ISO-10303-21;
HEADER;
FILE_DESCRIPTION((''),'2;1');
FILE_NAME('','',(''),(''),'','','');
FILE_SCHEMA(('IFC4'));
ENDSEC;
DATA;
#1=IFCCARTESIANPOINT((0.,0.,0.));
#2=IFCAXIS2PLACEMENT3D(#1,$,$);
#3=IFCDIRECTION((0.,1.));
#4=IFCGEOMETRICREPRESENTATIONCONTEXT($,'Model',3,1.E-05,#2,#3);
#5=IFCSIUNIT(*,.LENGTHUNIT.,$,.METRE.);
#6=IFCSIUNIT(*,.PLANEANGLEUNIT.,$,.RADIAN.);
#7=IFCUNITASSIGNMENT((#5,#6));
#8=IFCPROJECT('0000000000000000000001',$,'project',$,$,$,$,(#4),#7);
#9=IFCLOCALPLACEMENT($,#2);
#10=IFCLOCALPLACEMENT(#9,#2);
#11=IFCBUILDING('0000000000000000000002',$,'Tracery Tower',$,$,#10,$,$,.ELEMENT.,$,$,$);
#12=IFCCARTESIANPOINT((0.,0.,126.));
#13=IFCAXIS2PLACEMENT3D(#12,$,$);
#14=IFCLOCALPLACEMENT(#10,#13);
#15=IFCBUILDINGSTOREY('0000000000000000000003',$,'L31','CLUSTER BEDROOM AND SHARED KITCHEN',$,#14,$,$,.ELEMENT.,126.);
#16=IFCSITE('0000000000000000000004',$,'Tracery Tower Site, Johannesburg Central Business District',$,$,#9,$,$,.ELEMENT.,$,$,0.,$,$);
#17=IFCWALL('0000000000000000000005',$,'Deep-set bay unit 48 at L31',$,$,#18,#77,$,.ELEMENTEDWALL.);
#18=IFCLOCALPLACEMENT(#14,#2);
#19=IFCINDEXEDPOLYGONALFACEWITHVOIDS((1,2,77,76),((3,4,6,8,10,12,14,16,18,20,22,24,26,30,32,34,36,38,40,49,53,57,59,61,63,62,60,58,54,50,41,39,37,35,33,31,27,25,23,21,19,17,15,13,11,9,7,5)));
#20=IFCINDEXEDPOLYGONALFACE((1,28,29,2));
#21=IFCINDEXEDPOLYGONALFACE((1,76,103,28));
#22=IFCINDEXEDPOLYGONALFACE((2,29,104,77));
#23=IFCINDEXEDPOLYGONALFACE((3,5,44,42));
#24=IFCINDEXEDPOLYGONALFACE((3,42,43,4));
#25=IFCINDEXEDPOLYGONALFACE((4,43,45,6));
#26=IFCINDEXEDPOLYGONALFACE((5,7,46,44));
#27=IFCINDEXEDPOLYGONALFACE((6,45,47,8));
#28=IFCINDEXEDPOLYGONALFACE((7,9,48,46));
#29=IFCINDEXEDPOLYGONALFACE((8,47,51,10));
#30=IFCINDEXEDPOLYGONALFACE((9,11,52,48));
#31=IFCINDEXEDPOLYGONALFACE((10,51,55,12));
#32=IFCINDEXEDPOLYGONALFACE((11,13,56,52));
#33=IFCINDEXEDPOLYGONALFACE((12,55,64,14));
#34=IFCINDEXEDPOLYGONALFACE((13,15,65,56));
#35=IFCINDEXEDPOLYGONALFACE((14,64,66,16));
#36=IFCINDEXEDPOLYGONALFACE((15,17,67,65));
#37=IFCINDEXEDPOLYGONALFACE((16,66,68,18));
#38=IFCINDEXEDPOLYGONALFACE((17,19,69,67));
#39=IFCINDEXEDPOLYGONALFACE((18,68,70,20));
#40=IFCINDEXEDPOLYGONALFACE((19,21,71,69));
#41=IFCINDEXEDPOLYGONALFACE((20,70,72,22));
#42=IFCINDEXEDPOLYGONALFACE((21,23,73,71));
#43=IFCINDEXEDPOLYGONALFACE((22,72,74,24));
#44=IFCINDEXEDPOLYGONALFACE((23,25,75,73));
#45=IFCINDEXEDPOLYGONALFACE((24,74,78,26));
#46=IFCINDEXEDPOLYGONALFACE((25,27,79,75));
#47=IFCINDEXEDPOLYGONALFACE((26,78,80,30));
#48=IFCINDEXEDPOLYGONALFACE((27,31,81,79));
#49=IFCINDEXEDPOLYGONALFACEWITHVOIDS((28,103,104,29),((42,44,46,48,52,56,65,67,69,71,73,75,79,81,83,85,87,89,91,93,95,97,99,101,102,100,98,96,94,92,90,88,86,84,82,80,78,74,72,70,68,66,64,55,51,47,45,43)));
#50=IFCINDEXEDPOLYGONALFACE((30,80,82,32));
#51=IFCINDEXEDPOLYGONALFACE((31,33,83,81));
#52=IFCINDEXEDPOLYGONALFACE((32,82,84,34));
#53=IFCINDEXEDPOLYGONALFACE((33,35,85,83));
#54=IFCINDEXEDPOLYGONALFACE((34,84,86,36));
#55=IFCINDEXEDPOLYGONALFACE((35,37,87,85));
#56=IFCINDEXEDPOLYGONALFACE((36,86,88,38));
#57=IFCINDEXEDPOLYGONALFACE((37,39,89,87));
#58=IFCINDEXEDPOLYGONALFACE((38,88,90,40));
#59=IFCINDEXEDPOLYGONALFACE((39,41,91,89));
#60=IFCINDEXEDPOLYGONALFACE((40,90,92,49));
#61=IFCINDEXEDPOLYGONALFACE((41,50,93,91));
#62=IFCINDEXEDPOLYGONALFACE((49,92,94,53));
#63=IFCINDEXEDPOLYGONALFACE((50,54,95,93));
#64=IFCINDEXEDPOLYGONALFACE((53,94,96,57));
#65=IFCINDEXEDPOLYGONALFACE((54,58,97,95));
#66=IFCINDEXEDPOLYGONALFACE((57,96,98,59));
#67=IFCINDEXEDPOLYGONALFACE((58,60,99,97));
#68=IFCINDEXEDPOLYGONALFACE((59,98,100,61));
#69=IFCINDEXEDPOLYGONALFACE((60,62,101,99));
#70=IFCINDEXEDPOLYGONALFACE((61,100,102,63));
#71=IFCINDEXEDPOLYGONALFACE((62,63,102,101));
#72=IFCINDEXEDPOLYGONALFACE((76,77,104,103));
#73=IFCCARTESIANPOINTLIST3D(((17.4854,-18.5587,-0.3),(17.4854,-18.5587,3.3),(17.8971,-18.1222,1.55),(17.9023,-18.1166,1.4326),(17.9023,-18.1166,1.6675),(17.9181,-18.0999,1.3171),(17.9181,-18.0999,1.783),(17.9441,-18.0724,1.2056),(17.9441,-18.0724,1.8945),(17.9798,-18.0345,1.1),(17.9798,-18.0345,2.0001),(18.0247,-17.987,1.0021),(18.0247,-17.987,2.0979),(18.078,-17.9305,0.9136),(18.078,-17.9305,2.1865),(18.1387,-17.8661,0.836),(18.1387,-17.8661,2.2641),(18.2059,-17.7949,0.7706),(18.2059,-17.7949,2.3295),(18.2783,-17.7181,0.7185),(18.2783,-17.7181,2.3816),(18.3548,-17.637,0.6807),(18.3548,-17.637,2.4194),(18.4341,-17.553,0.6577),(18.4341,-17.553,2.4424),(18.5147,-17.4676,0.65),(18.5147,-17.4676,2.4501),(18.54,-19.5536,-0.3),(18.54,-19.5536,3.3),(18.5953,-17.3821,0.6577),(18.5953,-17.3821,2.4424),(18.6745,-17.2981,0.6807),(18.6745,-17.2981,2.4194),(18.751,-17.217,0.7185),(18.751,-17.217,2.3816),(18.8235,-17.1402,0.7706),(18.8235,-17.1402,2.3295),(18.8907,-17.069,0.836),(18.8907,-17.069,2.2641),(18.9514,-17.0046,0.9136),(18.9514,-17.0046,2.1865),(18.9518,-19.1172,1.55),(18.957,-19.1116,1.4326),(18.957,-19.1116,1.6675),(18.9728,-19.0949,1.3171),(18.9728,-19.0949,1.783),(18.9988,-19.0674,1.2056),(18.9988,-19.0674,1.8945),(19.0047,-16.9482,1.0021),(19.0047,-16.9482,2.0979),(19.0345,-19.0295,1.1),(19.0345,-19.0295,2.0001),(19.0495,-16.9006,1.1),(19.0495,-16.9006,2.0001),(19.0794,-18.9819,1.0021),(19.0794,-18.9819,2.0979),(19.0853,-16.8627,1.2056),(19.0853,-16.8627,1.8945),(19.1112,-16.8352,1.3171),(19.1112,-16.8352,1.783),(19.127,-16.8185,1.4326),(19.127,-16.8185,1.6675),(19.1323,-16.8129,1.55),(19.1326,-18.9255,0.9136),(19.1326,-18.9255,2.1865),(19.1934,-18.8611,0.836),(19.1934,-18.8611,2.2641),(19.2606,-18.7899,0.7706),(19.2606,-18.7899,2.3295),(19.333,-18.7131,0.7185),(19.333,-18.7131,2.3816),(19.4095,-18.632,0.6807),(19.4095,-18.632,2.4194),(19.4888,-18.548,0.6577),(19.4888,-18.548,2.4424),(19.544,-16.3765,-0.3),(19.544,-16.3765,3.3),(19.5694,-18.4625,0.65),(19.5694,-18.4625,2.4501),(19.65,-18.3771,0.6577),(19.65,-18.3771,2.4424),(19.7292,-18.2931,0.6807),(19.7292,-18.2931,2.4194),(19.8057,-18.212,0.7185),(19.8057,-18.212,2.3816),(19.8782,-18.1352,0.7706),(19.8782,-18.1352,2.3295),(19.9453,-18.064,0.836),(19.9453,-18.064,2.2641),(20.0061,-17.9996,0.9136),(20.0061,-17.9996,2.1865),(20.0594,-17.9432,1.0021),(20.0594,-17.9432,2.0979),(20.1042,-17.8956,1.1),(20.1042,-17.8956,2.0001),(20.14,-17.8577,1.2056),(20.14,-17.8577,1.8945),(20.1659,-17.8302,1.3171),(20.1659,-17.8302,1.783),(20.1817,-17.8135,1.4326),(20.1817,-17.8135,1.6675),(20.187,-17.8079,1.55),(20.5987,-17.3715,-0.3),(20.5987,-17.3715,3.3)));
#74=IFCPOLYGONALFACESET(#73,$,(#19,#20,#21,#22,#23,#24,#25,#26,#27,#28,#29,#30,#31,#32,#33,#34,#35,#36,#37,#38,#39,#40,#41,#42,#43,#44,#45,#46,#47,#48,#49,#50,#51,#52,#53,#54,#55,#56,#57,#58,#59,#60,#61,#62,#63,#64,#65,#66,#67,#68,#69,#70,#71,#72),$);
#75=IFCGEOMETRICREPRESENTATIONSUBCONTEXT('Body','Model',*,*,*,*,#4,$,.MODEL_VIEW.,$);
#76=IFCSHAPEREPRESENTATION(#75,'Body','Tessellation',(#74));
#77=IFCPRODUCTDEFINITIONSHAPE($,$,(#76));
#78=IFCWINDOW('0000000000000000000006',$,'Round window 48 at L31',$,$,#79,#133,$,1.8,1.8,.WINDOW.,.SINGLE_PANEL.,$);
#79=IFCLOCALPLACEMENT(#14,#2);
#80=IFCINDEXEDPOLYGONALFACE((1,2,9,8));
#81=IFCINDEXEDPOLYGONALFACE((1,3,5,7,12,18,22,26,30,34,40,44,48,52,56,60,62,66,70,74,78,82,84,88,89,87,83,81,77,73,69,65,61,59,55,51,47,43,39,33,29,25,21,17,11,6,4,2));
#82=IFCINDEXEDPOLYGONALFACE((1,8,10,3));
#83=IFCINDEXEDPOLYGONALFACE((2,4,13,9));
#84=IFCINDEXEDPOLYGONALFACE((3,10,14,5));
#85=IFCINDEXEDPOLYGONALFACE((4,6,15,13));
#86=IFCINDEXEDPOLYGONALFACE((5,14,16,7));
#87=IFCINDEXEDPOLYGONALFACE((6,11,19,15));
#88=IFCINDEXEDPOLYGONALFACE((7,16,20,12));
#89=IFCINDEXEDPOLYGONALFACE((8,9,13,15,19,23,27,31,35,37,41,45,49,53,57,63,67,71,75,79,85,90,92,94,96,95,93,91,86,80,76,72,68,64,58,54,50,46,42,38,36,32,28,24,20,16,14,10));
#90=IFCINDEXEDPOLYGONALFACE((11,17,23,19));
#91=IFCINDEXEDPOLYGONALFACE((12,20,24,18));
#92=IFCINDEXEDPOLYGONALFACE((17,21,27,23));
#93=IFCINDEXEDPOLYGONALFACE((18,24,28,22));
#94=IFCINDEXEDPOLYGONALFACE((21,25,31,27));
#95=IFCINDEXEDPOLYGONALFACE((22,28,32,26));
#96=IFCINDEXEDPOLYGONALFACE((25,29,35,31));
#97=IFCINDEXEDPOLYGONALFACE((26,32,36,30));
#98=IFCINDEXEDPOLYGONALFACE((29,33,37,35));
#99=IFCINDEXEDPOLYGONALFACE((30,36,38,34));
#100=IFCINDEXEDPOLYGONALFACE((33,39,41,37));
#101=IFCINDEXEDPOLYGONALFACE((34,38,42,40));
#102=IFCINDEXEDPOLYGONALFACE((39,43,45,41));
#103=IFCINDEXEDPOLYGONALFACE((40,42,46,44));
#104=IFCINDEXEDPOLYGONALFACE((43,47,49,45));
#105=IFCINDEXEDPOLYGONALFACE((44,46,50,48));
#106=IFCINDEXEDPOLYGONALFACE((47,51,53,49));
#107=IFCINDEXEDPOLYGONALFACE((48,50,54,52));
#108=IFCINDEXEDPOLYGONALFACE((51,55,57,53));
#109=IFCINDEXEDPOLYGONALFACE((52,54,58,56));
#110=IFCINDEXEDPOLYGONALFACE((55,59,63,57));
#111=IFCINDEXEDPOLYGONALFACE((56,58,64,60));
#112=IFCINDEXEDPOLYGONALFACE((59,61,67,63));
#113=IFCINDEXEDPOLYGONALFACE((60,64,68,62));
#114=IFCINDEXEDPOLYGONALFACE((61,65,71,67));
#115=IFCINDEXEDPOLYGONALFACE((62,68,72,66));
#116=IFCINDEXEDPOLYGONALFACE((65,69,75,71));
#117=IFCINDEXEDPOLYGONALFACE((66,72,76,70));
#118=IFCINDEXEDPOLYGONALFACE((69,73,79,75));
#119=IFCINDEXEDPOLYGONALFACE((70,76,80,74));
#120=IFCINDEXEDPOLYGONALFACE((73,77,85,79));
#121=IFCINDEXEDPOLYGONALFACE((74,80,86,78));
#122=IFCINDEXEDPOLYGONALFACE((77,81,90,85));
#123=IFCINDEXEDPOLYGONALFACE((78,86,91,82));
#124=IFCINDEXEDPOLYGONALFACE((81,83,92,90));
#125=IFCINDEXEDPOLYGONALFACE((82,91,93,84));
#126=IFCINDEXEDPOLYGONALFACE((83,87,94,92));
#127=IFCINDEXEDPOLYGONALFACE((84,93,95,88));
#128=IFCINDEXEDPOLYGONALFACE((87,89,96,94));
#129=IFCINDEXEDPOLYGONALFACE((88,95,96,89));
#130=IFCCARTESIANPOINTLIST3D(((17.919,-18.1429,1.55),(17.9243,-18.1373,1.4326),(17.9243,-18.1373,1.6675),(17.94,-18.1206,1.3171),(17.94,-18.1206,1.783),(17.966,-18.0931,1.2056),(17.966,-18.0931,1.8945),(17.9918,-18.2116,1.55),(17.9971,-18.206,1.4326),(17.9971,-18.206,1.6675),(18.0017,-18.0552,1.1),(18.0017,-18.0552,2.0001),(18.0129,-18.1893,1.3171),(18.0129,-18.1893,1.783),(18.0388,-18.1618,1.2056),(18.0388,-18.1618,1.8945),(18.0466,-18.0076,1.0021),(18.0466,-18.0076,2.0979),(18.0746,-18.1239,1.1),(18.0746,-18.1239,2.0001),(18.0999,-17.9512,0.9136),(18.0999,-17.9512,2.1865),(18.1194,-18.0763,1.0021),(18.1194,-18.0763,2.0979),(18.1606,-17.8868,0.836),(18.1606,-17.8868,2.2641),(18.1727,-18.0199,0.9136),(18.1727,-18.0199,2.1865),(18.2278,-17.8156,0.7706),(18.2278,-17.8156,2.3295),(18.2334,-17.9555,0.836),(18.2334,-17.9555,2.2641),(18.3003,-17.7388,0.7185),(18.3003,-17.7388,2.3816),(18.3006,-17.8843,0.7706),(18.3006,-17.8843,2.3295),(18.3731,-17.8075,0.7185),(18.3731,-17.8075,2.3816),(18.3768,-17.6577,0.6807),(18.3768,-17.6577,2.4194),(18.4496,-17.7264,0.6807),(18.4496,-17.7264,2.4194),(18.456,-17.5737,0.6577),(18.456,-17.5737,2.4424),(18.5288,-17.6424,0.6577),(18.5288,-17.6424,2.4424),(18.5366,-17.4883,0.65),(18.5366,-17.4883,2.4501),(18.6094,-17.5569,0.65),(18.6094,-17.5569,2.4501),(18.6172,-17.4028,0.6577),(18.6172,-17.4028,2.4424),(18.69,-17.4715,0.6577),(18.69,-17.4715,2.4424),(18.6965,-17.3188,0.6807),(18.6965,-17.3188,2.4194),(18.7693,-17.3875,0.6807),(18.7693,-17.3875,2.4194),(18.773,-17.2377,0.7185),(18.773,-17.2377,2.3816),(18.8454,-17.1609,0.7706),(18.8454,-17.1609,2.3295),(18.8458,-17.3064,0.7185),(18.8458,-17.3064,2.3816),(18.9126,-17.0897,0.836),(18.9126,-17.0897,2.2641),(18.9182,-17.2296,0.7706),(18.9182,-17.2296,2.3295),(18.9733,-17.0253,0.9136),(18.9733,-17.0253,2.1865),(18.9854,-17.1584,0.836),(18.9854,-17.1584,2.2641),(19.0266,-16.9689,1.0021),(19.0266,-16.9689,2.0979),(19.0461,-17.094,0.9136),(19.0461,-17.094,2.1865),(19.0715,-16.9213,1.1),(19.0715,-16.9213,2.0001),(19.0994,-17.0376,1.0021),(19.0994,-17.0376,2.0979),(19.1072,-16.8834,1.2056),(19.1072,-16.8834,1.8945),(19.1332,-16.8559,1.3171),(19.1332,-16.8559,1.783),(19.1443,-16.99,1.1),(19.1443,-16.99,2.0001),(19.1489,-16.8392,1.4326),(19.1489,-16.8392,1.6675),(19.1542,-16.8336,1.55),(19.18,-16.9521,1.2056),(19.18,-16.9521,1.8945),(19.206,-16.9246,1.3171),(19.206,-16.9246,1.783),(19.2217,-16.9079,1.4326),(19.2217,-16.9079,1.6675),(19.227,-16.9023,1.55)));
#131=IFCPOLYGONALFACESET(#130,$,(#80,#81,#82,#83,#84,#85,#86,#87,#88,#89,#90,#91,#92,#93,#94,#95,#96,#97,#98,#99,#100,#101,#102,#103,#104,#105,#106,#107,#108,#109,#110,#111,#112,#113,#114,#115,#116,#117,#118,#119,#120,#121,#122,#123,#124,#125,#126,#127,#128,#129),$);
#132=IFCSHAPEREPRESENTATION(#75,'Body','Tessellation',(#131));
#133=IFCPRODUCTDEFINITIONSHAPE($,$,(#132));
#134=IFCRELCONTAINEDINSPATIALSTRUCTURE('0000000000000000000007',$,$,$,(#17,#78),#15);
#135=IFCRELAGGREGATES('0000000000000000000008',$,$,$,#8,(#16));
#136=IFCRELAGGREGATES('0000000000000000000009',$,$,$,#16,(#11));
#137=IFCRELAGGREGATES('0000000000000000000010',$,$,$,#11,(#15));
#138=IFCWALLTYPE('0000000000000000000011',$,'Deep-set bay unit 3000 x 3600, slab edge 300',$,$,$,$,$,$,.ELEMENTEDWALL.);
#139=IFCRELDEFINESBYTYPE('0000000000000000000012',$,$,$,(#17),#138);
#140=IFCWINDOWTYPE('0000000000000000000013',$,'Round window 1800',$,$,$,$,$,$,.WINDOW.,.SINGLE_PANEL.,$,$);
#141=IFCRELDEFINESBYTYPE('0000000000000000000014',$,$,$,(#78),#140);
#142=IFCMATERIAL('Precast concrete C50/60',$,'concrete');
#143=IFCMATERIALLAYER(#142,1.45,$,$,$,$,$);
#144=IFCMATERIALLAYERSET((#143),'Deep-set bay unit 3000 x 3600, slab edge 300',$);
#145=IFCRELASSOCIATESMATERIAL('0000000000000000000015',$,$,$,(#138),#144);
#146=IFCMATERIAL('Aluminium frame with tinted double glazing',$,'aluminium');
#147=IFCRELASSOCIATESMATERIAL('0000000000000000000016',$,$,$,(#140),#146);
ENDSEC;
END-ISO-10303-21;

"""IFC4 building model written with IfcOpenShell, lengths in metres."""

from ifc_helpers import new_model, si_unit, direction, frame, frame_2d, origin, origin_2d, place, context, subcontext, project, spatial, rectangle, circle, extrude, material, layer, layer_set, type_object, element, fill, save


model = new_model("IFC4")

# Units and contexts
model_context = context("Model", 3, precision=1e-05, world=origin(), true_north=direction((0.0, 1.0)))
body_context = subcontext(model_context, "Body", "Model", "MODEL_VIEW")
ifc_project = project(units=[si_unit("LENGTHUNIT", "METRE"), si_unit("PLANEANGLEUNIT", "RADIAN")], contexts=[model_context])

# Site, building, storey
site_placement = place(None, origin())
site = spatial("IfcSite", under=ifc_project, at=site_placement, Name="Tracery Tower Site, Johannesburg Central Business District", CompositionType="ELEMENT", RefElevation=0.0)
building_placement = place(site_placement, origin())
building = spatial("IfcBuilding", under=site, at=building_placement, Name="Tracery Tower", CompositionType="ELEMENT")
storey_placement = place(building_placement, frame((0.0, 0.0, 126.0)))
storey = spatial("IfcBuildingStorey", under=building, at=storey_placement, Name="L31", Description="CLUSTER BEDROOM AND SHARED KITCHEN", CompositionType="ELEMENT", Elevation=126.0)

# Wall, opening, window
ifc_material_1 = material(Name="Precast concrete C50/60", Category="concrete")
ifc_layer_1 = layer(ifc_material_1, 1.45)
ifc_layer_set_1 = layer_set([ifc_layer_1], Name="Deep-set bay unit 3000 x 3600, slab edge 300")
wall_type_1 = type_object("IfcWallType", Name="Deep-set bay unit 3000 x 3600, slab edge 300", PredefinedType="ELEMENTEDWALL", material=ifc_layer_set_1)
ifc_material_2 = material(Name="Aluminium frame with tinted double glazing", Category="aluminium")
window_type = type_object("IfcWindowType", Name="Round window 1800", PartitioningType="SINGLE_PANEL", PredefinedType="WINDOW", material=ifc_material_2)
wall_1_placement = place(storey_placement, frame((18.0127, -19.0562, -0.3), z_axis=(0.0, 0.0, 1.0), x_axis=(0.686217, 0.727397, 0.0)))
wall_1 = element("IfcWall", 1, at=wall_1_placement, inside=storey, type_object=wall_type_1, Name="Deep-set bay unit 48 at L31", PredefinedType="ELEMENTEDWALL", context=body_context, shape_type="SweptSolid", body=[
    extrude(rectangle(XDim=3.0, YDim=1.45, at=frame_2d((1.5, 0.0))), origin(), (0.0, 0.0, 1.0), 3.6001),
])
opening_1_placement = place(wall_1_placement, frame((1.5, 0.0, 1.8501)))
opening_1 = element("IfcOpeningElement", 2, at=opening_1_placement, cuts=wall_1, PredefinedType="OPENING", context=body_context, shape_type="SweptSolid", body=[
    extrude(circle(Radius=0.9, at=origin_2d()), frame((0.0, 0.7349, 0.0), z_axis=(0.0, -1.0, 0.0), x_axis=(1.0, 0.0, 0.0)), (0.0, 0.0, 1.0), 1.47),
])
window_1_placement = place(opening_1_placement, origin())
window_1 = element("IfcWindow", 3, at=window_1_placement, inside=storey, type_object=window_type, Name="Round window 48 at L31", OverallHeight=1.8, OverallWidth=1.8, PartitioningType="SINGLE_PANEL", PredefinedType="WINDOW", context=body_context, shape_type="SweptSolid", body=[
    extrude(circle(Radius=0.9, at=origin_2d()), frame((0.0, 0.6948, 0.0), z_axis=(0.0, -1.0, 0.0), x_axis=(1.0, 0.0, 0.0)), (0.0, 0.0, 1.0), 0.1001),
])
fill(opening_1, window_1)

save(model, "model.ifc")
